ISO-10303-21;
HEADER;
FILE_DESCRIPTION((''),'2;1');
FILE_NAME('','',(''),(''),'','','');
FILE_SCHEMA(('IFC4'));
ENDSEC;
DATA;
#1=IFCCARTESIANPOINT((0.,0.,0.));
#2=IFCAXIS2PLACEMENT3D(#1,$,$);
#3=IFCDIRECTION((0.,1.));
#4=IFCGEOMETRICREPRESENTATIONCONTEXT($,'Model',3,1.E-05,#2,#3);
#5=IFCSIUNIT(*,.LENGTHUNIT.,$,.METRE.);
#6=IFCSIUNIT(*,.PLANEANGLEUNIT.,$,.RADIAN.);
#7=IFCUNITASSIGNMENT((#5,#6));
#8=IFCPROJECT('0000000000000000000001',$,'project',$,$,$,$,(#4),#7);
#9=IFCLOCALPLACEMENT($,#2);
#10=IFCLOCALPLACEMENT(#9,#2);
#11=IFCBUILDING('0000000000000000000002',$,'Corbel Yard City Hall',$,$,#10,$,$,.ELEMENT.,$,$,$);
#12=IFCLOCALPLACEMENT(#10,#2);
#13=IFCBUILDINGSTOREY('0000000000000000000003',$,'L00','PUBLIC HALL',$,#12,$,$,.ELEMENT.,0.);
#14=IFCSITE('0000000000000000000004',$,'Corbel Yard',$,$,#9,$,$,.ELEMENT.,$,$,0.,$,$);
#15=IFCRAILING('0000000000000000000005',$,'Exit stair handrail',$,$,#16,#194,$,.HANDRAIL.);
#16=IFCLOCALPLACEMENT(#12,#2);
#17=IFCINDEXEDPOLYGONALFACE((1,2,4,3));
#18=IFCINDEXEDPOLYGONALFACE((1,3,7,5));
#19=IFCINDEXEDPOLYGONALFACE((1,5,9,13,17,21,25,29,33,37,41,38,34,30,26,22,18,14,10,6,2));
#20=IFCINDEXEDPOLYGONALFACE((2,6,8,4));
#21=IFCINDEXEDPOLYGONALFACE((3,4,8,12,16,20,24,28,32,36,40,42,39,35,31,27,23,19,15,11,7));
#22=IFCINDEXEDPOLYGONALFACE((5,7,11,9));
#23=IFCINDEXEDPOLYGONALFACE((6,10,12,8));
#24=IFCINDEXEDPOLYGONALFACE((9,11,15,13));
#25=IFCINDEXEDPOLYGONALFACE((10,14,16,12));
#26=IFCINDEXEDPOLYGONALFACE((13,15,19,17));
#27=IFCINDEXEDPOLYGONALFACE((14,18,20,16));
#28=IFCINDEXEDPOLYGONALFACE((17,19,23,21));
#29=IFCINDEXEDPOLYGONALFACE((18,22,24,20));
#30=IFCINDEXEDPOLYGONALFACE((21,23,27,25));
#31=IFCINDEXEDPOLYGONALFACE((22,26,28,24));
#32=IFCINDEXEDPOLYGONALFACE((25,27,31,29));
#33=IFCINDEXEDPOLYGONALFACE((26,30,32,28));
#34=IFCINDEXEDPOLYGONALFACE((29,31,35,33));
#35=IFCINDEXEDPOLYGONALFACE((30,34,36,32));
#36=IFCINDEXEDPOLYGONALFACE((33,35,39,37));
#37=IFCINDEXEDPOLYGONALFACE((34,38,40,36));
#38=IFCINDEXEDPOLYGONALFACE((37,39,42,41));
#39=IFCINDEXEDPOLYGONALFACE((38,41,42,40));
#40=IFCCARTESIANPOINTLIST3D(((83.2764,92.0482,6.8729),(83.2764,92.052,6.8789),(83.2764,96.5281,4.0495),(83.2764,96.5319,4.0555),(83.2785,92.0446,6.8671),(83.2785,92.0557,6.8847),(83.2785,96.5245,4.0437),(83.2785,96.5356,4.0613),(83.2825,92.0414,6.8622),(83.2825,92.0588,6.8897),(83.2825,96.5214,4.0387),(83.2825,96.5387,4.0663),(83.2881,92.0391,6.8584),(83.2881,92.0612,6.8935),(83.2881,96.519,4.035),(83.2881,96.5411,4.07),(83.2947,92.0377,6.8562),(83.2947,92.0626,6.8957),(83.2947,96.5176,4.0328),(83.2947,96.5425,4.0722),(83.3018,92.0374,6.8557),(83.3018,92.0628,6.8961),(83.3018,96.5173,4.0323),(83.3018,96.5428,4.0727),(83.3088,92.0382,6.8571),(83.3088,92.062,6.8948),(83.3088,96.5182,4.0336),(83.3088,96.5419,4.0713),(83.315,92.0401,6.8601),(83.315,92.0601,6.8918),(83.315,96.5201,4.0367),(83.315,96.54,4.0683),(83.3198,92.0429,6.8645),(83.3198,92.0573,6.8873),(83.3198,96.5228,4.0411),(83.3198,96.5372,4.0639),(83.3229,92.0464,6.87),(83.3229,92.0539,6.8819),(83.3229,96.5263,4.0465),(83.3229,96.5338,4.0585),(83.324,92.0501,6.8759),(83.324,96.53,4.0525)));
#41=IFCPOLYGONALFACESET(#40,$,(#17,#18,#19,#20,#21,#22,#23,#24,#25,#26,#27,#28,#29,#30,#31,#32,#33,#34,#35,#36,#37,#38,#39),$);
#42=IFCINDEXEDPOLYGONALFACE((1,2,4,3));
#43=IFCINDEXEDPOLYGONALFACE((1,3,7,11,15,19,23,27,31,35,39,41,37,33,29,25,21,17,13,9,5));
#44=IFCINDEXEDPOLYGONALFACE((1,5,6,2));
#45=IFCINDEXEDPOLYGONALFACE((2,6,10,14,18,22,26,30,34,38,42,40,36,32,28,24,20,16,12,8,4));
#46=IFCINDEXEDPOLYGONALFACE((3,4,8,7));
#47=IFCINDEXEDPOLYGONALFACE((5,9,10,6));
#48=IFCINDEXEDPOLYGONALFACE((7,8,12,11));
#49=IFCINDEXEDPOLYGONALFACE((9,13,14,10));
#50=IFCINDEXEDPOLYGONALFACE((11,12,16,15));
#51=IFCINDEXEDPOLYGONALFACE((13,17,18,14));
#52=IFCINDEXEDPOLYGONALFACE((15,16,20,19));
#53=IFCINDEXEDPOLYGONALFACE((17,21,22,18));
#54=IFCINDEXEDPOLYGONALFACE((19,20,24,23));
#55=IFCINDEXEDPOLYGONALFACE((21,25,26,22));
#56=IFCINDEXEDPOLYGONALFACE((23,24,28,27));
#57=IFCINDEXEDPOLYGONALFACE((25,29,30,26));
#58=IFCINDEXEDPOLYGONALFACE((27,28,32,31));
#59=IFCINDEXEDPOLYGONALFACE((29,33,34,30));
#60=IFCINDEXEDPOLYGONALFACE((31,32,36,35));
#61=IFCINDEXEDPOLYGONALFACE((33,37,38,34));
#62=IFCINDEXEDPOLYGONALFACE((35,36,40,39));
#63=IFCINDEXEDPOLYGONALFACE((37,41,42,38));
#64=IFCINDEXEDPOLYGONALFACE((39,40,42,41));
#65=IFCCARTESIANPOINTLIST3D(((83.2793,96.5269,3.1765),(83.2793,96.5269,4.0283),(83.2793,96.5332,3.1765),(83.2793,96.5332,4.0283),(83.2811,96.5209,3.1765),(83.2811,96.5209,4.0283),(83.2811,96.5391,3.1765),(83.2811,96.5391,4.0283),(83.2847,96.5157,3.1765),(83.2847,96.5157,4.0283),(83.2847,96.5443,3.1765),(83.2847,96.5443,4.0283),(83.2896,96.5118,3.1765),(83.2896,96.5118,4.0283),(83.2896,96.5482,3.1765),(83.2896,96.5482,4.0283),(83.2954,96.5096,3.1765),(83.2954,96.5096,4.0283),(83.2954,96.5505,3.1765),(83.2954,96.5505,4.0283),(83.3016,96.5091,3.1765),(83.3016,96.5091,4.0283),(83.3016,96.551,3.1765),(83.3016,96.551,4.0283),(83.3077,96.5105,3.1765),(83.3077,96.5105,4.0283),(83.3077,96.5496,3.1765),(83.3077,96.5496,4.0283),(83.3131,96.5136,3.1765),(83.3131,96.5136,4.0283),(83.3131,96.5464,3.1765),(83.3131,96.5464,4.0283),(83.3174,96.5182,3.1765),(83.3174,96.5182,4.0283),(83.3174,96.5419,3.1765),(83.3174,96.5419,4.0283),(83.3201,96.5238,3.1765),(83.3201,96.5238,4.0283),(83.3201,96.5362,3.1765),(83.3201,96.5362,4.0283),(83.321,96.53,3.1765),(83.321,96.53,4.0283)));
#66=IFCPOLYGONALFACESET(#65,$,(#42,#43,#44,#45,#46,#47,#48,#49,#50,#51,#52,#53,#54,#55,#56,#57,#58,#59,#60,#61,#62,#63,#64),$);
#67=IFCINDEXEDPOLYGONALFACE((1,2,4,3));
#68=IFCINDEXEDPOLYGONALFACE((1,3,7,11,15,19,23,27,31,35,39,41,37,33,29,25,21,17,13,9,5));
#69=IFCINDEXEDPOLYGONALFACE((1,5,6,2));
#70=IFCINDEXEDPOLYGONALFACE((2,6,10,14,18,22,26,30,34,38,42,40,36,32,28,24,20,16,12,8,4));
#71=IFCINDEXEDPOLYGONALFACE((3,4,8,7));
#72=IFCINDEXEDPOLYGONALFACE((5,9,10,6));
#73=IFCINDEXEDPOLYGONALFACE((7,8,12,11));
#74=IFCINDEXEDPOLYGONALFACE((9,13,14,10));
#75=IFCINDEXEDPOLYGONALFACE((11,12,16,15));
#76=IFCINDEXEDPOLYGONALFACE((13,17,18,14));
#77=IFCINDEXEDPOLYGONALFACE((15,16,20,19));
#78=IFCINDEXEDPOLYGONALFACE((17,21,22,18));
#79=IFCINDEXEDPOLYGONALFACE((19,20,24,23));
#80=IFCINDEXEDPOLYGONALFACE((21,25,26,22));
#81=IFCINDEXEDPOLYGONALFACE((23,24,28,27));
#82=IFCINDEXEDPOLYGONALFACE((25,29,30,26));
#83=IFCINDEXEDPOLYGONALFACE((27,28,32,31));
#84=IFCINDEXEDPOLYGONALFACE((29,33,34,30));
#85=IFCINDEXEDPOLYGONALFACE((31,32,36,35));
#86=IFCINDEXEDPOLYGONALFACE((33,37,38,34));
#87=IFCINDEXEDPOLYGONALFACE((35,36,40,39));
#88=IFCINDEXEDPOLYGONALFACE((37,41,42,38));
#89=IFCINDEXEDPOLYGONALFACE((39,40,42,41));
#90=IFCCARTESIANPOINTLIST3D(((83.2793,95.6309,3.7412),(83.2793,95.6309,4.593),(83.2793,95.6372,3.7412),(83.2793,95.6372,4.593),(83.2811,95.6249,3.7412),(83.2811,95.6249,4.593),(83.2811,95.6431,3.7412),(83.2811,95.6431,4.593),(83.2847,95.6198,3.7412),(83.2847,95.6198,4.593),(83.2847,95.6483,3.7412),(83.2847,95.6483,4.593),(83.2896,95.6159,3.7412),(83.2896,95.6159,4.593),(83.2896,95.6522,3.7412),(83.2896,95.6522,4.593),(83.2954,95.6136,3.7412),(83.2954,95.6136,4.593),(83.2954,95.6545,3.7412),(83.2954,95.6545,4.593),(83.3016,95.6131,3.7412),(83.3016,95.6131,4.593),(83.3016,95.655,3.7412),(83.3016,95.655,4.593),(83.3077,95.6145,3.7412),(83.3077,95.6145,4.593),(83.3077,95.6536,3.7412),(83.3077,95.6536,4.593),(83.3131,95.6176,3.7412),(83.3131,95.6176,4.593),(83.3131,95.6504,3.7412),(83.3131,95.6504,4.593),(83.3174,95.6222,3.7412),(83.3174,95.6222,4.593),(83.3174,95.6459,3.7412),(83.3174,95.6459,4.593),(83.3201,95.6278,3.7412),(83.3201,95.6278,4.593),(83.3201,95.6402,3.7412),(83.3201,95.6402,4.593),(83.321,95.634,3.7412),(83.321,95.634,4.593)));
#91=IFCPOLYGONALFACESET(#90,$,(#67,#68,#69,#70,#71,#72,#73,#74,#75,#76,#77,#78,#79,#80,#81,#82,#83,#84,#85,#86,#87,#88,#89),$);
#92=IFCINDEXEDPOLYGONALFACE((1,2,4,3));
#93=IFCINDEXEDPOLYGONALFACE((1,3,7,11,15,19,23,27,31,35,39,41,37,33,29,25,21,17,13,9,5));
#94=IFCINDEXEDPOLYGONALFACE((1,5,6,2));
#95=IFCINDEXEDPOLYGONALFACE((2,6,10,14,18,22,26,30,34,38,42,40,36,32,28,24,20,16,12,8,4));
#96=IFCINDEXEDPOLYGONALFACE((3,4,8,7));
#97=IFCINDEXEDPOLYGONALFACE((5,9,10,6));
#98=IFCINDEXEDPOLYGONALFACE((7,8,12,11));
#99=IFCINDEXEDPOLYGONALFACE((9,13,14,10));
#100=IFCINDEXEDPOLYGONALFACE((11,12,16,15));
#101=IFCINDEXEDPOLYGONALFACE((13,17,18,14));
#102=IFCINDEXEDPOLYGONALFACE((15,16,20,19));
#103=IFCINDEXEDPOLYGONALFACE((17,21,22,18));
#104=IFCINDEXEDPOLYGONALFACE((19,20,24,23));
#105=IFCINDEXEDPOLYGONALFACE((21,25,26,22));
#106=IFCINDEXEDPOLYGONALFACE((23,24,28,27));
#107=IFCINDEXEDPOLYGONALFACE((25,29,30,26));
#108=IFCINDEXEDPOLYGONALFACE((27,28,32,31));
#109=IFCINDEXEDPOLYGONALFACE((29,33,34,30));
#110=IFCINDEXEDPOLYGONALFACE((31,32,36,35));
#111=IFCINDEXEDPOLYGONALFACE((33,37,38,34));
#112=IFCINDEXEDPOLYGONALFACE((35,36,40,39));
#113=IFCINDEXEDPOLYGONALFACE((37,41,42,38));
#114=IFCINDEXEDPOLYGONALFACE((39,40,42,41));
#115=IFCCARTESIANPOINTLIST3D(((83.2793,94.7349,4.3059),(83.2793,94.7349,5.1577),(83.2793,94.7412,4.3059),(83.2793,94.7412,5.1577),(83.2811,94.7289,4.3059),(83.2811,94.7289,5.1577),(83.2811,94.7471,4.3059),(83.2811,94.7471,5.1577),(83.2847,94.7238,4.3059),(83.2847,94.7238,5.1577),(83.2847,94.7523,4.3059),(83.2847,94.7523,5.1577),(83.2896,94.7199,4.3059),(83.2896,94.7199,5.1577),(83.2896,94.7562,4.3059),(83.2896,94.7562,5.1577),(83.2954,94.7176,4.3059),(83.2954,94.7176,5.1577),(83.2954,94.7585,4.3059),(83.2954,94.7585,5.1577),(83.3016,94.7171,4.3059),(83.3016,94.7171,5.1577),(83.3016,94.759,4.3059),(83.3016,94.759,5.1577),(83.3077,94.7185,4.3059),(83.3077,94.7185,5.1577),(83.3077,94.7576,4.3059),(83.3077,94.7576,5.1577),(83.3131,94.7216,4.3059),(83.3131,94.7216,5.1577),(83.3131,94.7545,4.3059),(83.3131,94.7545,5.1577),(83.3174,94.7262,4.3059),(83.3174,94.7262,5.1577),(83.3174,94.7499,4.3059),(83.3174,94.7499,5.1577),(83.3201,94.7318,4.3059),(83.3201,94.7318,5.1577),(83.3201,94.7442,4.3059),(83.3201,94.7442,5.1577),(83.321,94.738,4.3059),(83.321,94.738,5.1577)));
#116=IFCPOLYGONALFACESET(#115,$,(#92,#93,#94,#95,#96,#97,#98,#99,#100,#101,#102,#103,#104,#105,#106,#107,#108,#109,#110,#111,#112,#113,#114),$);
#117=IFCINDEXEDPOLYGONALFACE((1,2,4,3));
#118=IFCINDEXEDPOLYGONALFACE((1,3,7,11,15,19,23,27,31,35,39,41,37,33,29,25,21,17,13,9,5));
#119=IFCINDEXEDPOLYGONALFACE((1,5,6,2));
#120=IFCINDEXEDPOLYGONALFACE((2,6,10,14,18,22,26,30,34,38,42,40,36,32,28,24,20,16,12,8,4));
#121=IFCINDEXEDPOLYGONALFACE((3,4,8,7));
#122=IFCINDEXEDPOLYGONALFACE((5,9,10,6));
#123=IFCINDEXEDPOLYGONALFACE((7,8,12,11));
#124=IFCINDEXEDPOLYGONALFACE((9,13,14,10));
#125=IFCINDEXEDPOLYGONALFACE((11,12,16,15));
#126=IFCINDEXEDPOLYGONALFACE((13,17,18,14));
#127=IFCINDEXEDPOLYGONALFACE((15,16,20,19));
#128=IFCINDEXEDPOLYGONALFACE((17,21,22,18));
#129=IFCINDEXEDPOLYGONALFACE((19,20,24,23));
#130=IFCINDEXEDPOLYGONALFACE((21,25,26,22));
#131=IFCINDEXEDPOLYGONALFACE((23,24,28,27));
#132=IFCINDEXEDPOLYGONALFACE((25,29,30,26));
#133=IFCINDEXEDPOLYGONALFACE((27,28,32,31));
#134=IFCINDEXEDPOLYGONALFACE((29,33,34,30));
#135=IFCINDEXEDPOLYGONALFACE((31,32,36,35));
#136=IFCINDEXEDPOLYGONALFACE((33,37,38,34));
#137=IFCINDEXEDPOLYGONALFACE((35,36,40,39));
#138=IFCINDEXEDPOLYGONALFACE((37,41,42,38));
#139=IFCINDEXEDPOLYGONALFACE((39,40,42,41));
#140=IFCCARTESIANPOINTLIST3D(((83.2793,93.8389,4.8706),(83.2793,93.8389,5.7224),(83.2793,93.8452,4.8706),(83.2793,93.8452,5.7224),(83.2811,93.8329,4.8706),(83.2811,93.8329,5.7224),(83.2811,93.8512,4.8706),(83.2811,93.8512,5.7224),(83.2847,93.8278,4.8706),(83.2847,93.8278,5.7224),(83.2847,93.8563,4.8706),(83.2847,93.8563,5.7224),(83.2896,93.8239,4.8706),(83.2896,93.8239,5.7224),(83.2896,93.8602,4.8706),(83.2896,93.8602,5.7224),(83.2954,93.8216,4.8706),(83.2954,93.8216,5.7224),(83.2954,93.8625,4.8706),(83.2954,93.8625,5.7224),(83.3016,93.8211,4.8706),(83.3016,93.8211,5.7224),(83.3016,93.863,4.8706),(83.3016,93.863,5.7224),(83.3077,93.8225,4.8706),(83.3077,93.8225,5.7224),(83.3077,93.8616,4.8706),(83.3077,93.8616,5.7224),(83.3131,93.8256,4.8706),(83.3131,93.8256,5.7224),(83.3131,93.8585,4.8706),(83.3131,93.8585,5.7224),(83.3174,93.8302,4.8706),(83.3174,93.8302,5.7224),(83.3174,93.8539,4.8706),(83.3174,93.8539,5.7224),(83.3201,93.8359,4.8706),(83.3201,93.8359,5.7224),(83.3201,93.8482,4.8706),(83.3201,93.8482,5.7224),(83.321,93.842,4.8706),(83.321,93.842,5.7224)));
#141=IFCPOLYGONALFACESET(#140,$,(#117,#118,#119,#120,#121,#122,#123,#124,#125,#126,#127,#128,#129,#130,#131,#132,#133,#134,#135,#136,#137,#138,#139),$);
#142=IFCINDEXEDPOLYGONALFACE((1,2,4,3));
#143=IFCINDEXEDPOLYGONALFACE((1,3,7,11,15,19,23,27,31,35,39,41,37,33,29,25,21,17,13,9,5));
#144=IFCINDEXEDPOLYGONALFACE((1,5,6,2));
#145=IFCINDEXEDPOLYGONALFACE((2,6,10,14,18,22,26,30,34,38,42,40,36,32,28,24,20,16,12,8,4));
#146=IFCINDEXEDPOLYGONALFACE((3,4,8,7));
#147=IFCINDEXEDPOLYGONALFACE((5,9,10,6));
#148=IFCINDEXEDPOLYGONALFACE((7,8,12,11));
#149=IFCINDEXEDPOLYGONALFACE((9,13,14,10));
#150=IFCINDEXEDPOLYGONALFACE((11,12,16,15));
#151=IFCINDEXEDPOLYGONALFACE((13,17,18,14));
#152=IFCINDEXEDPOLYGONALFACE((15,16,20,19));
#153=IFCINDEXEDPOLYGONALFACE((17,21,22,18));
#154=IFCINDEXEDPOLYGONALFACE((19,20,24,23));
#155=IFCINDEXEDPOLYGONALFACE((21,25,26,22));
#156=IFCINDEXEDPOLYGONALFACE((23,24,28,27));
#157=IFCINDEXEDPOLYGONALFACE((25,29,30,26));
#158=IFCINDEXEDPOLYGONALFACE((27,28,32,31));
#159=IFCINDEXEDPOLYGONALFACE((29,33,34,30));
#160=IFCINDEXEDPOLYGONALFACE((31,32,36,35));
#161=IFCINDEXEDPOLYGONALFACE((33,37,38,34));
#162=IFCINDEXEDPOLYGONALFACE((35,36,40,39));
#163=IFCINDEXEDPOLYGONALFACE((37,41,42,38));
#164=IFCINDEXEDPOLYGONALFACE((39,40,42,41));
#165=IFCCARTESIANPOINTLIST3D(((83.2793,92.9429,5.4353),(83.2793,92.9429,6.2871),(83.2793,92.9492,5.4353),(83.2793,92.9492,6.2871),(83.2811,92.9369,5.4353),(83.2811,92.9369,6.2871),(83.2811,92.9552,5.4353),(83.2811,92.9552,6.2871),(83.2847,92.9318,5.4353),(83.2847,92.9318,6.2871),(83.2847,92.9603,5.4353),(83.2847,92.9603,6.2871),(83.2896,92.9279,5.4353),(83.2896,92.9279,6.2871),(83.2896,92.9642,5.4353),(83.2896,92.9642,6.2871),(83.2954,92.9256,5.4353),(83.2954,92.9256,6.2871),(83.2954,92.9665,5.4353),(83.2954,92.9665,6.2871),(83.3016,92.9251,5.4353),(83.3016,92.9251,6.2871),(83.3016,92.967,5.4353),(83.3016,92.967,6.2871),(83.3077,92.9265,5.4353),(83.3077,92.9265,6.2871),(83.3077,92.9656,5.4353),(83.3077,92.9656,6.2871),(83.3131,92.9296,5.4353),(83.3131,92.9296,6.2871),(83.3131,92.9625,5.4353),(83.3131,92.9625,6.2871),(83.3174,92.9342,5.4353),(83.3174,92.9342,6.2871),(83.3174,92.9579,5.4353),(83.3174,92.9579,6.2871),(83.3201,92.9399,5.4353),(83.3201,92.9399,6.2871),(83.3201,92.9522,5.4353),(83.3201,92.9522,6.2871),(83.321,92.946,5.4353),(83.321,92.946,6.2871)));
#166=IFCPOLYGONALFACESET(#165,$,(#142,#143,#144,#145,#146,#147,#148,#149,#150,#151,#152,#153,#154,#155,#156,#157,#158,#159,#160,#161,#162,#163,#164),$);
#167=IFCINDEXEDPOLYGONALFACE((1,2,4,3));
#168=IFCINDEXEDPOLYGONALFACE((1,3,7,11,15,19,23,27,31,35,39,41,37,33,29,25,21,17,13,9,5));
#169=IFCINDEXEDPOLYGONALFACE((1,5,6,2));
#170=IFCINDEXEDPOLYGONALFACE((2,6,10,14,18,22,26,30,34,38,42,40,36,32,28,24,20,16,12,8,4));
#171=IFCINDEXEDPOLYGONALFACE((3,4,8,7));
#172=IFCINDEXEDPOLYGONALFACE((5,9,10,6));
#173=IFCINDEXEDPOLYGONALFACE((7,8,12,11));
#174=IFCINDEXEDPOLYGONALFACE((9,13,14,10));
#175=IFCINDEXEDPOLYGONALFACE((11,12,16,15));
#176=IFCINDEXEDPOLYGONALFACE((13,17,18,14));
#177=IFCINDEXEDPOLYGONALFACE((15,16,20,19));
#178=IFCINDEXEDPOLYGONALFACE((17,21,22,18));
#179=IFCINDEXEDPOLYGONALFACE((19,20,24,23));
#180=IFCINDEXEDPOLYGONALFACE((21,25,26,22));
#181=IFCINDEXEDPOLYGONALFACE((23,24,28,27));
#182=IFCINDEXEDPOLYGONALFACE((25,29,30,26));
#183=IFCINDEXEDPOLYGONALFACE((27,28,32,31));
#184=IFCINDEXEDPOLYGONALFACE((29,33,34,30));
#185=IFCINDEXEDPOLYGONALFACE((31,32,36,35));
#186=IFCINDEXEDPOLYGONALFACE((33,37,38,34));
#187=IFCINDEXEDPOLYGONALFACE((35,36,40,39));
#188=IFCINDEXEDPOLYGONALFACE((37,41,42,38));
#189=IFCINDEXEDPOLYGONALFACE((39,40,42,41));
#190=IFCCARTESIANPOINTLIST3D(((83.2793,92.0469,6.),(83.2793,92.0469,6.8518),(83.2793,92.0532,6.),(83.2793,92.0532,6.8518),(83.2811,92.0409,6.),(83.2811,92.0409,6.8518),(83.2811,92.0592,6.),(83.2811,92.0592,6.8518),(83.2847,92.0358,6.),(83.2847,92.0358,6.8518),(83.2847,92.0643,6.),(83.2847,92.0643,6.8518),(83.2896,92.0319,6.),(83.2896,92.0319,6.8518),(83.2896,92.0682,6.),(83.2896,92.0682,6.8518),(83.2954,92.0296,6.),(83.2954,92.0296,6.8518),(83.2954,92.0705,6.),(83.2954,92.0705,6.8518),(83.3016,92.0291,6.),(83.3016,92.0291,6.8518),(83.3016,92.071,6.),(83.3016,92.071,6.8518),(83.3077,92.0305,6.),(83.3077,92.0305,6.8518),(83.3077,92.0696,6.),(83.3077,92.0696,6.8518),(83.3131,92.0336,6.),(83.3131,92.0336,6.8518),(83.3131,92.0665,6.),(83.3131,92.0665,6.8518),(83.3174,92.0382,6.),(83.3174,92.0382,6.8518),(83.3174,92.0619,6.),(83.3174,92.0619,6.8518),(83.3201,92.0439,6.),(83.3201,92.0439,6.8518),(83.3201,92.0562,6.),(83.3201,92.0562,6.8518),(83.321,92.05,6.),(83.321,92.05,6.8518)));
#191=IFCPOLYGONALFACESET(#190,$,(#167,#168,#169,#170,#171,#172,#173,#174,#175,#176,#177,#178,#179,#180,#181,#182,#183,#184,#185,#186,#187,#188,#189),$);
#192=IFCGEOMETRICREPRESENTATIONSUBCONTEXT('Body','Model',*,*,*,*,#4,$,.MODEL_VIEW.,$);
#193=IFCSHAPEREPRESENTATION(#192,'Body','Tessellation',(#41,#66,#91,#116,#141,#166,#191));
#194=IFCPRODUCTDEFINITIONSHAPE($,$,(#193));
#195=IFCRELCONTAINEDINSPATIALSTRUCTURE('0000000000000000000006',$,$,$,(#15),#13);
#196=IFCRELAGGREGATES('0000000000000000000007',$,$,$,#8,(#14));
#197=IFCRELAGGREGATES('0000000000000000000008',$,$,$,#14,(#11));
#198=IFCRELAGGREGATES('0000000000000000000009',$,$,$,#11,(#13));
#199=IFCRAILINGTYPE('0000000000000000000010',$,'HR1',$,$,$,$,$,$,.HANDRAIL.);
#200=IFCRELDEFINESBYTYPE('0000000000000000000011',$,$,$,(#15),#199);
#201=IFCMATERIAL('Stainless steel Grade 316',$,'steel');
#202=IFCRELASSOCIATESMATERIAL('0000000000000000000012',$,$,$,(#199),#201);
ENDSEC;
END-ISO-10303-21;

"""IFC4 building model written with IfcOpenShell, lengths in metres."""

from ifc_helpers import new_model, si_unit, direction, frame, origin, origin_2d, place, context, subcontext, project, spatial, circle, extrude, material, type_object, element, save


model = new_model("IFC4")

# Units and contexts
model_context = context("Model", 3, precision=1e-05, world=origin(), true_north=direction((0.0, 1.0)))
body_context = subcontext(model_context, "Body", "Model", "MODEL_VIEW")
ifc_project = project(units=[si_unit("LENGTHUNIT", "METRE"), si_unit("PLANEANGLEUNIT", "RADIAN")], contexts=[model_context])

# Site, building, storey
site_placement = place(None, origin())
site = spatial("IfcSite", under=ifc_project, at=site_placement, Name="Corbel Yard", CompositionType="ELEMENT", RefElevation=0.0)
building_placement = place(site_placement, origin())
building = spatial("IfcBuilding", under=site, at=building_placement, Name="Corbel Yard City Hall", CompositionType="ELEMENT")
storey_placement = place(building_placement, origin())
storey = spatial("IfcBuildingStorey", under=building, at=storey_placement, Name="L00", Description="PUBLIC HALL", CompositionType="ELEMENT", Elevation=0.0)

# Shared definitions
ifc_material_1 = material(Name="Stainless steel Grade 316", Category="steel")

# Railing
railing_type = type_object("IfcRailingType", Name="HR1", PredefinedType="HANDRAIL", material=ifc_material_1)
for number, where, name in (
    (1, (83.3, 96.53, 3.1765), "Exit stair handrail"),
):
    element("IfcRailing", number, at=place(storey_placement, frame(where)), inside=storey, type_object=railing_type, Name=name, PredefinedType="HANDRAIL", context=body_context, shape_type="SweptSolid", body=[
        extrude(circle(Radius=0.0239, at=origin_2d()), frame((0.0, 0.0, 0.876), z_axis=(0.0, -0.845998, 0.533186), x_axis=(1.0, 0.0, 0.0)), (0.0, 0.0, 1.0), 5.2954),
        extrude(circle(Radius=0.021, at=origin_2d()), origin(), (0.0, 0.0, 1.0), 0.8518),
        extrude(circle(Radius=0.021, at=origin_2d()), frame((0.0, -0.896, 0.5647)), (0.0, 0.0, 1.0), 0.8518),
        extrude(circle(Radius=0.021, at=origin_2d()), frame((0.0, -1.792, 1.1294)), (0.0, 0.0, 1.0), 0.8518),
        extrude(circle(Radius=0.021, at=origin_2d()), frame((0.0, -2.688, 1.6941)), (0.0, 0.0, 1.0), 0.8518),
        extrude(circle(Radius=0.021, at=origin_2d()), frame((0.0, -3.584, 2.2588)), (0.0, 0.0, 1.0), 0.8518),
        extrude(circle(Radius=0.021, at=origin_2d()), frame((0.0, -4.48, 2.8235)), (0.0, 0.0, 1.0), 0.8518),
    ])

save(model, "model.ifc")
